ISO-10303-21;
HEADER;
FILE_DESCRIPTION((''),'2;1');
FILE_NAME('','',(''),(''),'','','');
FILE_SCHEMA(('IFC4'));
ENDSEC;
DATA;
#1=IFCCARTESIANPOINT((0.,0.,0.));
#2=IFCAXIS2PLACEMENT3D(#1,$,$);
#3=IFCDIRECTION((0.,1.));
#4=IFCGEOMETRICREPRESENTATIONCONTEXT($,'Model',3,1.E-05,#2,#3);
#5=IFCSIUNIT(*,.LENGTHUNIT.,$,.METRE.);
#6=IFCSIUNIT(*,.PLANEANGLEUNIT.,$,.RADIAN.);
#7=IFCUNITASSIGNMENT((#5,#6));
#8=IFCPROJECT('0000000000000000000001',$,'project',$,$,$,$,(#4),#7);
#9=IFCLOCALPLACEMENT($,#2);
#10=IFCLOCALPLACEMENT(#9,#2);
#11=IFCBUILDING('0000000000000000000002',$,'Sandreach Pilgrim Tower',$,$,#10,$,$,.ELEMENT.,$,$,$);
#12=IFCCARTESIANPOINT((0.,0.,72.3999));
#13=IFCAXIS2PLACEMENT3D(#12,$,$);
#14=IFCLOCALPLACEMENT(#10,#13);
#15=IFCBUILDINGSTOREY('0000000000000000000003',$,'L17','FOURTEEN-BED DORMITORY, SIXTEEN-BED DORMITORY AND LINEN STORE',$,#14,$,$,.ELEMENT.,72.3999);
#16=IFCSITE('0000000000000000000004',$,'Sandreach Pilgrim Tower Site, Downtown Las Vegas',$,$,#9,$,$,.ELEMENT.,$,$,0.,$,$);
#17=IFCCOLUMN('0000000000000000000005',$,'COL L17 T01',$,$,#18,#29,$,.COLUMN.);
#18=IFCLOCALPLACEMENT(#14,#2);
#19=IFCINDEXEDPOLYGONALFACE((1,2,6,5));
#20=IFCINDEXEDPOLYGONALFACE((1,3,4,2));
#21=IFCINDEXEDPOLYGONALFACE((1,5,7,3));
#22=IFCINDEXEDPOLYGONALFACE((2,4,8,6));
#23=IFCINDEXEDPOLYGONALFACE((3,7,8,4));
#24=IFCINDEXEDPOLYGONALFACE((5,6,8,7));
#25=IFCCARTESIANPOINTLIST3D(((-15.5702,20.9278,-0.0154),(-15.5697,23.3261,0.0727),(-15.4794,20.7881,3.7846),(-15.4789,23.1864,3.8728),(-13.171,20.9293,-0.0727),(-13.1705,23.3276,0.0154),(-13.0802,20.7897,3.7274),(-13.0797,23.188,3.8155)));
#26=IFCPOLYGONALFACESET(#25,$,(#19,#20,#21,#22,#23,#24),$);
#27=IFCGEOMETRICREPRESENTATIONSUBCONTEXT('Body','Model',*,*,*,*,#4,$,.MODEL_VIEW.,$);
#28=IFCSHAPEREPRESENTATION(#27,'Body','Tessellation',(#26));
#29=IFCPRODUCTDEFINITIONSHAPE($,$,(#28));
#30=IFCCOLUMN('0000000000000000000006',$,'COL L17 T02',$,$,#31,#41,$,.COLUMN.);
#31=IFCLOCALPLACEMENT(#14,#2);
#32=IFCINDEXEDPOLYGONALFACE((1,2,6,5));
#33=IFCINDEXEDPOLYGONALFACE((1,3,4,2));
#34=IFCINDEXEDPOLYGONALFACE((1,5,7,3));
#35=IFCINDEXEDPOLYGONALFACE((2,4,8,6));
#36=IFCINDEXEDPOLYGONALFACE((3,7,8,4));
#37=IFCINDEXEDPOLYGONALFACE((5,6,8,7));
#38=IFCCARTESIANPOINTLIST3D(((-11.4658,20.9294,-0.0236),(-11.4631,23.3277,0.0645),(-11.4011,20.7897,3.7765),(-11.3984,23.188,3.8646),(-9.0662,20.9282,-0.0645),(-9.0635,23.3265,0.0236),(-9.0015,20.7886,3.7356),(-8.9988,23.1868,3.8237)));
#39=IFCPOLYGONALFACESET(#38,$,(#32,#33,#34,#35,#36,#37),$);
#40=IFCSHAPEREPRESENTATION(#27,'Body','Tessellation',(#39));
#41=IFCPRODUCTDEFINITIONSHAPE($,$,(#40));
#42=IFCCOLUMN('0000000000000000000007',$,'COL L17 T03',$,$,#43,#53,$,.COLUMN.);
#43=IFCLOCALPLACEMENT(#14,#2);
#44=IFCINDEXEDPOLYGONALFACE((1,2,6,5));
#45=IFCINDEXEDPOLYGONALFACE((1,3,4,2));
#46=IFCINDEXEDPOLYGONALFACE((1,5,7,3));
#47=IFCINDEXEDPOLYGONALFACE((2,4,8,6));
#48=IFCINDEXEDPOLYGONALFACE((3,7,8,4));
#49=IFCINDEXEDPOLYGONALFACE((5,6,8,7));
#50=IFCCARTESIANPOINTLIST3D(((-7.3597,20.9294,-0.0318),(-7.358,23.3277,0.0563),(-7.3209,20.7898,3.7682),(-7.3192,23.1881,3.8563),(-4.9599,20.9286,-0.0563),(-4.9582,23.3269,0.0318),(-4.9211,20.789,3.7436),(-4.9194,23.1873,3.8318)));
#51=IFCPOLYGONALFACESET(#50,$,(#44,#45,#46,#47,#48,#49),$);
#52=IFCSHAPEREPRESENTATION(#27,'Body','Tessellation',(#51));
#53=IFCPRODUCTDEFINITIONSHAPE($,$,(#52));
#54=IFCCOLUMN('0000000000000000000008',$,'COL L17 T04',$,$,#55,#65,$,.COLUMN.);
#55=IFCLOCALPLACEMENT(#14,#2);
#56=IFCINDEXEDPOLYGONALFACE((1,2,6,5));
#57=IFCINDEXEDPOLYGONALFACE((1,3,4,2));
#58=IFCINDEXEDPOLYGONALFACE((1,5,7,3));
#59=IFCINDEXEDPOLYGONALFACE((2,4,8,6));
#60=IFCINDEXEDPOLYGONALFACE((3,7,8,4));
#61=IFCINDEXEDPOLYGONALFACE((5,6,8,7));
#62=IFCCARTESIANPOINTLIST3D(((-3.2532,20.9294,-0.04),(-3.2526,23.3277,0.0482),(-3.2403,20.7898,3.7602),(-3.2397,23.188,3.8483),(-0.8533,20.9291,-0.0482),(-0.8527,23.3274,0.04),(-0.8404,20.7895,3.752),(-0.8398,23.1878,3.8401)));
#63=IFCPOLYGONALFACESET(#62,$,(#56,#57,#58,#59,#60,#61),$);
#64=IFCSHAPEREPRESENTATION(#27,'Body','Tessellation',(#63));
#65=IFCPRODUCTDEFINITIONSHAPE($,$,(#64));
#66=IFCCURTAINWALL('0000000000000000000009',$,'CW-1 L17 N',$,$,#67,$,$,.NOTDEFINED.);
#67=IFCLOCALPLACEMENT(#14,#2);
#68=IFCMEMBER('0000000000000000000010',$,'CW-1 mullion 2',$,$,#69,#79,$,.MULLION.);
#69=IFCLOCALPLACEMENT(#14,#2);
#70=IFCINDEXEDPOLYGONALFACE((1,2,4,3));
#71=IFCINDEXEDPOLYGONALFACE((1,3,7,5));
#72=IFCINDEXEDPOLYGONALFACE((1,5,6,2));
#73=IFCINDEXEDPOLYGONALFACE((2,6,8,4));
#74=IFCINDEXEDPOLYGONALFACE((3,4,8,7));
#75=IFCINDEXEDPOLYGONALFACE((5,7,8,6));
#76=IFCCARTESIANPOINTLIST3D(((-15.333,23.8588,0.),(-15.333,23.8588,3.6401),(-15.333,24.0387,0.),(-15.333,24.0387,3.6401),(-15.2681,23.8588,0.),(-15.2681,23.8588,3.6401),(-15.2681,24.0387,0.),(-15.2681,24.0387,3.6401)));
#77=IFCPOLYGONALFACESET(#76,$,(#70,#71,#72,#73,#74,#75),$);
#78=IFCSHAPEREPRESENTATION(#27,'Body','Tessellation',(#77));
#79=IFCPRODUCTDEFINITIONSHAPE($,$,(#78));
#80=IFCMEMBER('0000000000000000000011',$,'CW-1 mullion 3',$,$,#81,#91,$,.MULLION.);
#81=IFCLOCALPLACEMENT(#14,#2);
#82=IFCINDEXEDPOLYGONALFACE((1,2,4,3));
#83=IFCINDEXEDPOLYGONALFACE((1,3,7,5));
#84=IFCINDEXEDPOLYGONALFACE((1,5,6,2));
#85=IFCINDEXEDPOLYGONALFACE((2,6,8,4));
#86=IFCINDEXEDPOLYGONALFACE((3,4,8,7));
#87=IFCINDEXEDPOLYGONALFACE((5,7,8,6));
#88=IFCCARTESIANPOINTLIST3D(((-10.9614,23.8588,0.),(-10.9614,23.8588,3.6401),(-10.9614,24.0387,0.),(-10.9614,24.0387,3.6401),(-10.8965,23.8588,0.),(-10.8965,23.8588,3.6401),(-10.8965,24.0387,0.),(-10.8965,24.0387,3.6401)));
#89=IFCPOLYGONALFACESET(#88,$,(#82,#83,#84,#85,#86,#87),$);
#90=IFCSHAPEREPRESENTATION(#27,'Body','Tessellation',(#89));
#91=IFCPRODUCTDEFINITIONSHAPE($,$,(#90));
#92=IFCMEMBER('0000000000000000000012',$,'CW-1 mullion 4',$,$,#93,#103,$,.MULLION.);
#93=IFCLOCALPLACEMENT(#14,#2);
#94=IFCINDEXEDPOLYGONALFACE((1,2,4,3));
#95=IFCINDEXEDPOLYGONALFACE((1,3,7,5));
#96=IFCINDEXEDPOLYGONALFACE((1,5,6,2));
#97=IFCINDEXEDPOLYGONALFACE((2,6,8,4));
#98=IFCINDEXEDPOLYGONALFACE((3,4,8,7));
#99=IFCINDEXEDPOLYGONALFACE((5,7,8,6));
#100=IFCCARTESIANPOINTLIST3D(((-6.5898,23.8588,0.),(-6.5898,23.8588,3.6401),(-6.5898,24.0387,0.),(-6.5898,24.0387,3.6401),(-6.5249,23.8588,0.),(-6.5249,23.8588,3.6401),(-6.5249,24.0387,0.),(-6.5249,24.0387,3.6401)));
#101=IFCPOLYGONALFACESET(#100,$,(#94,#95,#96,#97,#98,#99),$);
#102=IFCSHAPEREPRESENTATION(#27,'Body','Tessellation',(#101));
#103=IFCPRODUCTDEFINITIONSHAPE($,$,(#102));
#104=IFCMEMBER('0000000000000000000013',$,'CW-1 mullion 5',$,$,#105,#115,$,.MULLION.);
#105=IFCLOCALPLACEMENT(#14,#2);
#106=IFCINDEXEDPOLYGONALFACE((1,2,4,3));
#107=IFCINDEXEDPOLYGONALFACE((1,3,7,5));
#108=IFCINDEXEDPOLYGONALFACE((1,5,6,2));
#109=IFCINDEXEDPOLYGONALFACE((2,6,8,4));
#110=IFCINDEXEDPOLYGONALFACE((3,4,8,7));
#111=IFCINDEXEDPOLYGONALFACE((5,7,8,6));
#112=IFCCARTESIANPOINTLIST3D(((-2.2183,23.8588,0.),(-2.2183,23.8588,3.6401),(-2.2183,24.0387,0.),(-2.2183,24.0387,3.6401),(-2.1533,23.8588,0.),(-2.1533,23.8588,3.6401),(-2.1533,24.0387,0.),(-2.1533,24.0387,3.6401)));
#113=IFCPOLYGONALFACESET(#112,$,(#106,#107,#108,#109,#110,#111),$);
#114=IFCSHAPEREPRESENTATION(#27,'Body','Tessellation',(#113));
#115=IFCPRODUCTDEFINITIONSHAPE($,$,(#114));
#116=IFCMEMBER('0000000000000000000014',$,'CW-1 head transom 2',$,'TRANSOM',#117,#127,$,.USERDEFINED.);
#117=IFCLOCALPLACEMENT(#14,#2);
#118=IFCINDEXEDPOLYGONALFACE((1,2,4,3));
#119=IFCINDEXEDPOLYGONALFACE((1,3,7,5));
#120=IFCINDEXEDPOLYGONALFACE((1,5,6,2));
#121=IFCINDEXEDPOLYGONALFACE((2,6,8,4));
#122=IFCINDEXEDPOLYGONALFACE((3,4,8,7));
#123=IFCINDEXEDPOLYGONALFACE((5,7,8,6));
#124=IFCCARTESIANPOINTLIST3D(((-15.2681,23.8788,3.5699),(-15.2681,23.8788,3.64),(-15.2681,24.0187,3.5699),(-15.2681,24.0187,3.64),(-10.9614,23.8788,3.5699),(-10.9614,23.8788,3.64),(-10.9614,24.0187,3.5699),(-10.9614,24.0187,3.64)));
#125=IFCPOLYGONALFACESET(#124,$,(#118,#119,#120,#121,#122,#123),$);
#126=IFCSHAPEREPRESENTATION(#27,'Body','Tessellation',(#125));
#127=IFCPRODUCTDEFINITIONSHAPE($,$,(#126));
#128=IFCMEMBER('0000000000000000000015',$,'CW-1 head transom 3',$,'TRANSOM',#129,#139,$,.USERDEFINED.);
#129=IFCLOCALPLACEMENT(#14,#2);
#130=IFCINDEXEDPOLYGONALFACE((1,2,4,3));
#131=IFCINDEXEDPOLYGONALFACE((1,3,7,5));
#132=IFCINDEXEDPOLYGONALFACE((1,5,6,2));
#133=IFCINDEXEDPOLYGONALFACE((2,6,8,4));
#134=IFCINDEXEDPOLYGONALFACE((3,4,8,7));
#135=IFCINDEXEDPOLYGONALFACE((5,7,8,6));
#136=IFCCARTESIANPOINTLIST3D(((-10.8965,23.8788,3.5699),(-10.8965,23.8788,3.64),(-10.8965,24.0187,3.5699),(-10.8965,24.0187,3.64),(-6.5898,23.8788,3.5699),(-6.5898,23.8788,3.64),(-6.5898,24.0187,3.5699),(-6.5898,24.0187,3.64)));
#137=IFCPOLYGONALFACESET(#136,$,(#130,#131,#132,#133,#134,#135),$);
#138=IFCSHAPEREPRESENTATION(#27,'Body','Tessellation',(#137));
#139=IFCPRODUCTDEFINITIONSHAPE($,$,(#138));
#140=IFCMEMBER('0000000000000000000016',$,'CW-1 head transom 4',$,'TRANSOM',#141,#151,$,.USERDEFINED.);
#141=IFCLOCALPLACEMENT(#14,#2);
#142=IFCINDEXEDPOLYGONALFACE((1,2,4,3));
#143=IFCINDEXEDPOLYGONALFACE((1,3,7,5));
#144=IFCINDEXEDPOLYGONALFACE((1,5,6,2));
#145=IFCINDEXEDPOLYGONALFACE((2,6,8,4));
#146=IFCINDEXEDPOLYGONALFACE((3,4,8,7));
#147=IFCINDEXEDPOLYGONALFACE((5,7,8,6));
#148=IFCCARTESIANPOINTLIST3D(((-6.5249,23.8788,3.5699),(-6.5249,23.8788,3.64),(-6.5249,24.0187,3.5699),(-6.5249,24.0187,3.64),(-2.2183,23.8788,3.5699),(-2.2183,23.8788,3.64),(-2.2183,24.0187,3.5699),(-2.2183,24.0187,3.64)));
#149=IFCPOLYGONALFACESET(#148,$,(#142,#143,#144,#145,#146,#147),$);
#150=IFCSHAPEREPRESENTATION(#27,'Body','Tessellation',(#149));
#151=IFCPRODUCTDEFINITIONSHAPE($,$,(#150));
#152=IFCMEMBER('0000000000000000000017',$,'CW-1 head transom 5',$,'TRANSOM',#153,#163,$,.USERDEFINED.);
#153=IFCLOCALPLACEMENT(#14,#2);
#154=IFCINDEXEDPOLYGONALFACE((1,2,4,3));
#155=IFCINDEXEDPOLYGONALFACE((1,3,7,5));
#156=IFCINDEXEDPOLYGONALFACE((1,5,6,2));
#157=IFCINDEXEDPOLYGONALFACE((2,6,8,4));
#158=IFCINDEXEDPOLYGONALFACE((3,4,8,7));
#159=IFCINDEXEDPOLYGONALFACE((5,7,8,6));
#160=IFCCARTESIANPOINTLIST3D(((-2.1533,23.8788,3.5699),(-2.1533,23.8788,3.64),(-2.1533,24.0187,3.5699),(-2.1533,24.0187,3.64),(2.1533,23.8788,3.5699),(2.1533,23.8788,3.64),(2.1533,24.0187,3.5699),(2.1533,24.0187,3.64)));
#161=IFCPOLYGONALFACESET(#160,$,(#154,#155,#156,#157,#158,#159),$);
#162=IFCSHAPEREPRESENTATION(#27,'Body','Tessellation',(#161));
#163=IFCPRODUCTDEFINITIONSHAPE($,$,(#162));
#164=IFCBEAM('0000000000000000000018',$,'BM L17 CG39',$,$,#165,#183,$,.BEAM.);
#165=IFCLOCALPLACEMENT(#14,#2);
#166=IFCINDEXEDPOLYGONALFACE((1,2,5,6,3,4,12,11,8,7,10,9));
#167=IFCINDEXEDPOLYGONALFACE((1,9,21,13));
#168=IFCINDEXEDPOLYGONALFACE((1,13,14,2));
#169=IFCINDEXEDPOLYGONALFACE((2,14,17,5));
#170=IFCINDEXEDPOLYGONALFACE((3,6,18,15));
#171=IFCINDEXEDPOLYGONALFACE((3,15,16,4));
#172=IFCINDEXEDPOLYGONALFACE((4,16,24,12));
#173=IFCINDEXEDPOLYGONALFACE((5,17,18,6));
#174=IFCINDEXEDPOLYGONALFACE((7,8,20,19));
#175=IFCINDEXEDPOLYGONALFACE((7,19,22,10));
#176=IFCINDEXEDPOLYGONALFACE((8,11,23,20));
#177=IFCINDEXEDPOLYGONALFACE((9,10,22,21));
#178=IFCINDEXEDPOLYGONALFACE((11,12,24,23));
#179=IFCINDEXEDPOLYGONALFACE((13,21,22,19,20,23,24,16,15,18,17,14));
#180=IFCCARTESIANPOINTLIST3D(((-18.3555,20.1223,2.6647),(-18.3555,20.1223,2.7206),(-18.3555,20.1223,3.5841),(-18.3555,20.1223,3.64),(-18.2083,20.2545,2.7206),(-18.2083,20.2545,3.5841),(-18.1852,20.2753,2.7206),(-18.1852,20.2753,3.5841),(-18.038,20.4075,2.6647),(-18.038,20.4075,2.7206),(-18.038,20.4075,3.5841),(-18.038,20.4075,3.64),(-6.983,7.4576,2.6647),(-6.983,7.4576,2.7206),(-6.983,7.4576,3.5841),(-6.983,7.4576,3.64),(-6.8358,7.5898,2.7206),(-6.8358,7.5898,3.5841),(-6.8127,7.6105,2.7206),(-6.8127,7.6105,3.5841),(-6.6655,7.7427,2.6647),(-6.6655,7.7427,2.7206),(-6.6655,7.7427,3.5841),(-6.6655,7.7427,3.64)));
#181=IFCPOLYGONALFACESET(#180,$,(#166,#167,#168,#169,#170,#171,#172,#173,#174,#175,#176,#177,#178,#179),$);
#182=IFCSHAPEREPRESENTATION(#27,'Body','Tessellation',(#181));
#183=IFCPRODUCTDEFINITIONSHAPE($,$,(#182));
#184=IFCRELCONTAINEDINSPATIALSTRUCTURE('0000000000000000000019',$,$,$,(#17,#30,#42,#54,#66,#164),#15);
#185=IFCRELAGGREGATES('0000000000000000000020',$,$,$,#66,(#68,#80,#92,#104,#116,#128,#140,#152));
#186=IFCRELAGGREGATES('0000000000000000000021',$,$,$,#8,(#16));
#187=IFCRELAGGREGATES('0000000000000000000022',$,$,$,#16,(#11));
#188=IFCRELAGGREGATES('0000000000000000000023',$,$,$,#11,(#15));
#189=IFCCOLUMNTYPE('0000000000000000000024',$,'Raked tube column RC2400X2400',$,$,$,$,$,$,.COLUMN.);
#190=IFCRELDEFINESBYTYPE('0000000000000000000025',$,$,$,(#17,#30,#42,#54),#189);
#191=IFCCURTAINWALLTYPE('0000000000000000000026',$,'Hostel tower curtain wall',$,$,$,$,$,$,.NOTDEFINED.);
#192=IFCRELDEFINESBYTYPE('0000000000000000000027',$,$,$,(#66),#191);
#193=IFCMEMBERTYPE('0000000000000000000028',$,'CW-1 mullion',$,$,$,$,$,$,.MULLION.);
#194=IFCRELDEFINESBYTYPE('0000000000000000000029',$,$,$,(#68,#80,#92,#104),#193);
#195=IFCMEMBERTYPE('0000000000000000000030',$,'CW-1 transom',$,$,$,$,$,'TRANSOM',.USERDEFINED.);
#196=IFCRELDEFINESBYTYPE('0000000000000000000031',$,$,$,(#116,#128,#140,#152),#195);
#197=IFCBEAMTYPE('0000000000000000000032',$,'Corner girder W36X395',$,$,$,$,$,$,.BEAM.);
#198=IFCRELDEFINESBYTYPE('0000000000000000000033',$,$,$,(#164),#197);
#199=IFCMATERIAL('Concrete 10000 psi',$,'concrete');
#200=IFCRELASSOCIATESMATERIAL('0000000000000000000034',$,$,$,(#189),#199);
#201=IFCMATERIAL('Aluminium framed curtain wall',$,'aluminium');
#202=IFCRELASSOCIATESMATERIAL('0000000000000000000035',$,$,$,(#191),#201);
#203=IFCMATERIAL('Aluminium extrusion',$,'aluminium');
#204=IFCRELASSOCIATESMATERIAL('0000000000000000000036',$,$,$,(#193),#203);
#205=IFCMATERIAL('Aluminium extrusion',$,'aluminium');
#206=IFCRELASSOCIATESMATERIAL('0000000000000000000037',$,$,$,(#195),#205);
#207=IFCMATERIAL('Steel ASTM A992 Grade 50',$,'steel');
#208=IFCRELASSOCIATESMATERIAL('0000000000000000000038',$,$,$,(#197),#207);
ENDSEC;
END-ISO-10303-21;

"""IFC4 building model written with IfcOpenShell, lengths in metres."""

from ifc_helpers import new_model, si_unit, direction, frame, origin, origin_2d, place, context, subcontext, project, spatial, rectangle, i_section, extrude, material, material_profile, profile_set, type_object, element, aggregate, save


model = new_model("IFC4")

# Units and contexts
model_context = context("Model", 3, precision=1e-05, world=origin(), true_north=direction((0.0, 1.0)))
body_context = subcontext(model_context, "Body", "Model", "MODEL_VIEW")
ifc_project = project(units=[si_unit("LENGTHUNIT", "METRE"), si_unit("PLANEANGLEUNIT", "RADIAN")], contexts=[model_context])

# Site, building, storey
site_placement = place(None, origin())
site = spatial("IfcSite", under=ifc_project, at=site_placement, Name="Sandreach Pilgrim Tower Site, Downtown Las Vegas", CompositionType="ELEMENT", RefElevation=0.0)
building_placement = place(site_placement, origin())
building = spatial("IfcBuilding", under=site, at=building_placement, Name="Sandreach Pilgrim Tower", CompositionType="ELEMENT")
storey_placement = place(building_placement, frame((0.0, 0.0, 72.3999)))
storey = spatial("IfcBuildingStorey", under=building, at=storey_placement, Name="L17", Description="FOURTEEN-BED DORMITORY, SIXTEEN-BED DORMITORY AND LINEN STORE", CompositionType="ELEMENT", Elevation=72.3999)

# Columns
ifc_material_1 = material(Name="Concrete 10000 psi", Category="concrete")
ifc_material_profile_1 = material_profile(ifc_material_1, rectangle(XDim=2.3999, YDim=2.3999, at=origin_2d()), Name="RC2400X2400")
ifc_profile_set_1 = profile_set([ifc_material_profile_1], Name="Concrete 10000 psi")
column_type = type_object("IfcColumnType", Name="Raked tube column RC2400X2400", PredefinedType="COLUMN", material=ifc_profile_set_1)
column_1_placement = place(storey_placement, frame((-14.3704, 22.1277, 0.0), z_axis=(0.023877, -0.036714, 0.999041), x_axis=(0.00023, 0.999326, 0.036719)))
element("IfcColumn", 1, at=column_1_placement, inside=storey, type_object=column_type, Name="COL L17 T01", PredefinedType="COLUMN", context=body_context, shape_type="SweptSolid", body=[
    extrude(rectangle(XDim=2.3999, YDim=2.3999, at=origin_2d()), origin(), (0.0, 0.0, 1.0), 3.8037),
])
column_2_placement = place(storey_placement, frame((-10.2646, 22.1279, 0.0), z_axis=(0.017011, -0.036719, 0.999181), x_axis=(0.001112, 0.999326, 0.036705)))
element("IfcColumn", 2, at=column_2_placement, inside=storey, type_object=column_type, Name="COL L17 T02", PredefinedType="COLUMN", context=body_context, shape_type="SweptSolid", body=[
    extrude(rectangle(XDim=2.3999, YDim=2.3999, at=origin_2d()), origin(), (0.0, 0.0, 1.0), 3.8032),
])
for number, where, z_axis, x_axis, name in (
    (3, (-6.1589, 22.1282, 0.0), (0.010208, -0.036722, 0.999273), (0.000705, 0.999325, 0.036717), "COL L17 T03"),
    (4, (-2.053, 22.1284, 0.0), (0.003403, -0.036724, 0.99932), (0.000242, 0.999325, 0.036724), "COL L17 T04"),
):
    element("IfcColumn", number, at=place(storey_placement, frame(where, z_axis=z_axis, x_axis=x_axis)), inside=storey, type_object=column_type, Name=name, PredefinedType="COLUMN", context=body_context, shape_type="SweptSolid", body=[
        extrude(rectangle(XDim=2.3999, YDim=2.3999, at=origin_2d()), origin(), (0.0, 0.0, 1.0), 3.8027),
    ])

# Curtain wall, members
ifc_material_2 = material(Name="Aluminium framed curtain wall", Category="aluminium")
curtain_wall_type = type_object("IfcCurtainWallType", Name="Hostel tower curtain wall", PredefinedType="NOTDEFINED", material=ifc_material_2)
curtain_wall_placement = place(storey_placement, origin())
curtain_wall = element("IfcCurtainWall", 5, at=curtain_wall_placement, inside=storey, type_object=curtain_wall_type, Name="CW-1 L17 N", PredefinedType="NOTDEFINED")
ifc_material_3 = material(Name="Aluminium extrusion", Category="aluminium")
ifc_material_profile_2 = material_profile(ifc_material_3, rectangle(XDim=0.0649, YDim=0.1799, at=origin_2d()), Name="CW-1M 65X180")
ifc_profile_set_2 = profile_set([ifc_material_profile_2], Name="Aluminium extrusion")
member_type_1 = type_object("IfcMemberType", Name="CW-1 mullion", PredefinedType="MULLION", material=ifc_profile_set_2)
member_1_placement = place(storey_placement, frame((-15.3005, 23.9487, 0.0), z_axis=(0.0, 0.0, 1.0), x_axis=(1.0, 0.0, 0.0)))
member_1 = element("IfcMember", 6, at=member_1_placement, type_object=member_type_1, Name="CW-1 mullion 2", PredefinedType="MULLION", context=body_context, shape_type="SweptSolid", body=[
    extrude(rectangle(XDim=0.0649, YDim=0.1799, at=origin_2d()), origin(), (0.0, 0.0, 1.0), 3.6401),
])
member_2_placement = place(storey_placement, frame((-10.929, 23.9487, 0.0), z_axis=(0.0, 0.0, 1.0), x_axis=(1.0, 0.0, 0.0)))
member_2 = element("IfcMember", 7, at=member_2_placement, type_object=member_type_1, Name="CW-1 mullion 3", PredefinedType="MULLION", context=body_context, shape_type="SweptSolid", body=[
    extrude(rectangle(XDim=0.0649, YDim=0.1799, at=origin_2d()), origin(), (0.0, 0.0, 1.0), 3.6401),
])
member_3_placement = place(storey_placement, frame((-6.5574, 23.9487, 0.0), z_axis=(0.0, 0.0, 1.0), x_axis=(1.0, 0.0, 0.0)))
member_3 = element("IfcMember", 8, at=member_3_placement, type_object=member_type_1, Name="CW-1 mullion 4", PredefinedType="MULLION", context=body_context, shape_type="SweptSolid", body=[
    extrude(rectangle(XDim=0.0649, YDim=0.1799, at=origin_2d()), origin(), (0.0, 0.0, 1.0), 3.6401),
])
member_4_placement = place(storey_placement, frame((-2.1858, 23.9487, 0.0), z_axis=(0.0, 0.0, 1.0), x_axis=(1.0, 0.0, 0.0)))
member_4 = element("IfcMember", 9, at=member_4_placement, type_object=member_type_1, Name="CW-1 mullion 5", PredefinedType="MULLION", context=body_context, shape_type="SweptSolid", body=[
    extrude(rectangle(XDim=0.0649, YDim=0.1799, at=origin_2d()), origin(), (0.0, 0.0, 1.0), 3.6401),
])
ifc_material_4 = material(Name="Aluminium extrusion", Category="aluminium")
ifc_material_profile_3 = material_profile(ifc_material_4, rectangle(XDim=0.1399, YDim=0.0701, at=origin_2d()), Name="CW-1T 140X70")
ifc_profile_set_3 = profile_set([ifc_material_profile_3], Name="Aluminium extrusion")
member_type_2 = type_object("IfcMemberType", Name="CW-1 transom", ElementType="TRANSOM", PredefinedType="USERDEFINED", material=ifc_profile_set_3)
member_5_placement = place(storey_placement, frame((-15.2681, 23.9487, 3.605), z_axis=(1.0, 0.0, 0.0), x_axis=(0.0, 1.0, 0.0)))
member_5 = element("IfcMember", 10, at=member_5_placement, type_object=member_type_2, Name="CW-1 head transom 2", ObjectType="TRANSOM", PredefinedType="USERDEFINED", context=body_context, shape_type="SweptSolid", body=[
    extrude(rectangle(XDim=0.1399, YDim=0.0701, at=origin_2d()), origin(), (0.0, 0.0, 1.0), 4.3066),
])
member_6_placement = place(storey_placement, frame((-10.8965, 23.9487, 3.605), z_axis=(1.0, 0.0, 0.0), x_axis=(0.0, 1.0, 0.0)))
member_6 = element("IfcMember", 11, at=member_6_placement, type_object=member_type_2, Name="CW-1 head transom 3", ObjectType="TRANSOM", PredefinedType="USERDEFINED", context=body_context, shape_type="SweptSolid", body=[
    extrude(rectangle(XDim=0.1399, YDim=0.0701, at=origin_2d()), origin(), (0.0, 0.0, 1.0), 4.3066),
])
member_7_placement = place(storey_placement, frame((-6.5249, 23.9487, 3.605), z_axis=(1.0, 0.0, 0.0), x_axis=(0.0, 1.0, 0.0)))
member_7 = element("IfcMember", 12, at=member_7_placement, type_object=member_type_2, Name="CW-1 head transom 4", ObjectType="TRANSOM", PredefinedType="USERDEFINED", context=body_context, shape_type="SweptSolid", body=[
    extrude(rectangle(XDim=0.1399, YDim=0.0701, at=origin_2d()), origin(), (0.0, 0.0, 1.0), 4.3066),
])
member_8_placement = place(storey_placement, frame((-2.1533, 23.9487, 3.605), z_axis=(1.0, 0.0, 0.0), x_axis=(0.0, 1.0, 0.0)))
member_8 = element("IfcMember", 13, at=member_8_placement, type_object=member_type_2, Name="CW-1 head transom 5", ObjectType="TRANSOM", PredefinedType="USERDEFINED", context=body_context, shape_type="SweptSolid", body=[
    extrude(rectangle(XDim=0.1399, YDim=0.0701, at=origin_2d()), origin(), (0.0, 0.0, 1.0), 4.3066),
])

# Beam
ifc_material_5 = material(Name="Steel ASTM A992 Grade 50", Category="steel")
ifc_material_profile_4 = material_profile(ifc_material_5, i_section(OverallWidth=0.4268, OverallDepth=0.9753, WebThickness=0.031, FlangeThickness=0.0559, at=origin_2d()), Name="W36X395")
ifc_profile_set_4 = profile_set([ifc_material_profile_4], Name="Steel ASTM A992 Grade 50")
beam_type_1 = type_object("IfcBeamType", Name="Corner girder W36X395", PredefinedType="BEAM", material=ifc_profile_set_4)
beam_1_placement = place(storey_placement, frame((-18.1968, 20.2649, 3.1523), z_axis=(0.668128, -0.744046, 0.0), x_axis=(0.744046, 0.668128, 0.0)))
element("IfcBeam", 14, at=beam_1_placement, inside=storey, type_object=beam_type_1, Name="BM L17 CG39", PredefinedType="BEAM", context=body_context, shape_type="SweptSolid", body=[
    extrude(i_section(OverallWidth=0.4268, OverallDepth=0.9753, WebThickness=0.031, FlangeThickness=0.0559, at=origin_2d()), origin(), (0.0, 0.0, 1.0), 17.0215),
])

aggregate(curtain_wall, [member_1, member_2, member_3, member_4, member_5, member_6, member_7, member_8])

save(model, "model.ifc")
